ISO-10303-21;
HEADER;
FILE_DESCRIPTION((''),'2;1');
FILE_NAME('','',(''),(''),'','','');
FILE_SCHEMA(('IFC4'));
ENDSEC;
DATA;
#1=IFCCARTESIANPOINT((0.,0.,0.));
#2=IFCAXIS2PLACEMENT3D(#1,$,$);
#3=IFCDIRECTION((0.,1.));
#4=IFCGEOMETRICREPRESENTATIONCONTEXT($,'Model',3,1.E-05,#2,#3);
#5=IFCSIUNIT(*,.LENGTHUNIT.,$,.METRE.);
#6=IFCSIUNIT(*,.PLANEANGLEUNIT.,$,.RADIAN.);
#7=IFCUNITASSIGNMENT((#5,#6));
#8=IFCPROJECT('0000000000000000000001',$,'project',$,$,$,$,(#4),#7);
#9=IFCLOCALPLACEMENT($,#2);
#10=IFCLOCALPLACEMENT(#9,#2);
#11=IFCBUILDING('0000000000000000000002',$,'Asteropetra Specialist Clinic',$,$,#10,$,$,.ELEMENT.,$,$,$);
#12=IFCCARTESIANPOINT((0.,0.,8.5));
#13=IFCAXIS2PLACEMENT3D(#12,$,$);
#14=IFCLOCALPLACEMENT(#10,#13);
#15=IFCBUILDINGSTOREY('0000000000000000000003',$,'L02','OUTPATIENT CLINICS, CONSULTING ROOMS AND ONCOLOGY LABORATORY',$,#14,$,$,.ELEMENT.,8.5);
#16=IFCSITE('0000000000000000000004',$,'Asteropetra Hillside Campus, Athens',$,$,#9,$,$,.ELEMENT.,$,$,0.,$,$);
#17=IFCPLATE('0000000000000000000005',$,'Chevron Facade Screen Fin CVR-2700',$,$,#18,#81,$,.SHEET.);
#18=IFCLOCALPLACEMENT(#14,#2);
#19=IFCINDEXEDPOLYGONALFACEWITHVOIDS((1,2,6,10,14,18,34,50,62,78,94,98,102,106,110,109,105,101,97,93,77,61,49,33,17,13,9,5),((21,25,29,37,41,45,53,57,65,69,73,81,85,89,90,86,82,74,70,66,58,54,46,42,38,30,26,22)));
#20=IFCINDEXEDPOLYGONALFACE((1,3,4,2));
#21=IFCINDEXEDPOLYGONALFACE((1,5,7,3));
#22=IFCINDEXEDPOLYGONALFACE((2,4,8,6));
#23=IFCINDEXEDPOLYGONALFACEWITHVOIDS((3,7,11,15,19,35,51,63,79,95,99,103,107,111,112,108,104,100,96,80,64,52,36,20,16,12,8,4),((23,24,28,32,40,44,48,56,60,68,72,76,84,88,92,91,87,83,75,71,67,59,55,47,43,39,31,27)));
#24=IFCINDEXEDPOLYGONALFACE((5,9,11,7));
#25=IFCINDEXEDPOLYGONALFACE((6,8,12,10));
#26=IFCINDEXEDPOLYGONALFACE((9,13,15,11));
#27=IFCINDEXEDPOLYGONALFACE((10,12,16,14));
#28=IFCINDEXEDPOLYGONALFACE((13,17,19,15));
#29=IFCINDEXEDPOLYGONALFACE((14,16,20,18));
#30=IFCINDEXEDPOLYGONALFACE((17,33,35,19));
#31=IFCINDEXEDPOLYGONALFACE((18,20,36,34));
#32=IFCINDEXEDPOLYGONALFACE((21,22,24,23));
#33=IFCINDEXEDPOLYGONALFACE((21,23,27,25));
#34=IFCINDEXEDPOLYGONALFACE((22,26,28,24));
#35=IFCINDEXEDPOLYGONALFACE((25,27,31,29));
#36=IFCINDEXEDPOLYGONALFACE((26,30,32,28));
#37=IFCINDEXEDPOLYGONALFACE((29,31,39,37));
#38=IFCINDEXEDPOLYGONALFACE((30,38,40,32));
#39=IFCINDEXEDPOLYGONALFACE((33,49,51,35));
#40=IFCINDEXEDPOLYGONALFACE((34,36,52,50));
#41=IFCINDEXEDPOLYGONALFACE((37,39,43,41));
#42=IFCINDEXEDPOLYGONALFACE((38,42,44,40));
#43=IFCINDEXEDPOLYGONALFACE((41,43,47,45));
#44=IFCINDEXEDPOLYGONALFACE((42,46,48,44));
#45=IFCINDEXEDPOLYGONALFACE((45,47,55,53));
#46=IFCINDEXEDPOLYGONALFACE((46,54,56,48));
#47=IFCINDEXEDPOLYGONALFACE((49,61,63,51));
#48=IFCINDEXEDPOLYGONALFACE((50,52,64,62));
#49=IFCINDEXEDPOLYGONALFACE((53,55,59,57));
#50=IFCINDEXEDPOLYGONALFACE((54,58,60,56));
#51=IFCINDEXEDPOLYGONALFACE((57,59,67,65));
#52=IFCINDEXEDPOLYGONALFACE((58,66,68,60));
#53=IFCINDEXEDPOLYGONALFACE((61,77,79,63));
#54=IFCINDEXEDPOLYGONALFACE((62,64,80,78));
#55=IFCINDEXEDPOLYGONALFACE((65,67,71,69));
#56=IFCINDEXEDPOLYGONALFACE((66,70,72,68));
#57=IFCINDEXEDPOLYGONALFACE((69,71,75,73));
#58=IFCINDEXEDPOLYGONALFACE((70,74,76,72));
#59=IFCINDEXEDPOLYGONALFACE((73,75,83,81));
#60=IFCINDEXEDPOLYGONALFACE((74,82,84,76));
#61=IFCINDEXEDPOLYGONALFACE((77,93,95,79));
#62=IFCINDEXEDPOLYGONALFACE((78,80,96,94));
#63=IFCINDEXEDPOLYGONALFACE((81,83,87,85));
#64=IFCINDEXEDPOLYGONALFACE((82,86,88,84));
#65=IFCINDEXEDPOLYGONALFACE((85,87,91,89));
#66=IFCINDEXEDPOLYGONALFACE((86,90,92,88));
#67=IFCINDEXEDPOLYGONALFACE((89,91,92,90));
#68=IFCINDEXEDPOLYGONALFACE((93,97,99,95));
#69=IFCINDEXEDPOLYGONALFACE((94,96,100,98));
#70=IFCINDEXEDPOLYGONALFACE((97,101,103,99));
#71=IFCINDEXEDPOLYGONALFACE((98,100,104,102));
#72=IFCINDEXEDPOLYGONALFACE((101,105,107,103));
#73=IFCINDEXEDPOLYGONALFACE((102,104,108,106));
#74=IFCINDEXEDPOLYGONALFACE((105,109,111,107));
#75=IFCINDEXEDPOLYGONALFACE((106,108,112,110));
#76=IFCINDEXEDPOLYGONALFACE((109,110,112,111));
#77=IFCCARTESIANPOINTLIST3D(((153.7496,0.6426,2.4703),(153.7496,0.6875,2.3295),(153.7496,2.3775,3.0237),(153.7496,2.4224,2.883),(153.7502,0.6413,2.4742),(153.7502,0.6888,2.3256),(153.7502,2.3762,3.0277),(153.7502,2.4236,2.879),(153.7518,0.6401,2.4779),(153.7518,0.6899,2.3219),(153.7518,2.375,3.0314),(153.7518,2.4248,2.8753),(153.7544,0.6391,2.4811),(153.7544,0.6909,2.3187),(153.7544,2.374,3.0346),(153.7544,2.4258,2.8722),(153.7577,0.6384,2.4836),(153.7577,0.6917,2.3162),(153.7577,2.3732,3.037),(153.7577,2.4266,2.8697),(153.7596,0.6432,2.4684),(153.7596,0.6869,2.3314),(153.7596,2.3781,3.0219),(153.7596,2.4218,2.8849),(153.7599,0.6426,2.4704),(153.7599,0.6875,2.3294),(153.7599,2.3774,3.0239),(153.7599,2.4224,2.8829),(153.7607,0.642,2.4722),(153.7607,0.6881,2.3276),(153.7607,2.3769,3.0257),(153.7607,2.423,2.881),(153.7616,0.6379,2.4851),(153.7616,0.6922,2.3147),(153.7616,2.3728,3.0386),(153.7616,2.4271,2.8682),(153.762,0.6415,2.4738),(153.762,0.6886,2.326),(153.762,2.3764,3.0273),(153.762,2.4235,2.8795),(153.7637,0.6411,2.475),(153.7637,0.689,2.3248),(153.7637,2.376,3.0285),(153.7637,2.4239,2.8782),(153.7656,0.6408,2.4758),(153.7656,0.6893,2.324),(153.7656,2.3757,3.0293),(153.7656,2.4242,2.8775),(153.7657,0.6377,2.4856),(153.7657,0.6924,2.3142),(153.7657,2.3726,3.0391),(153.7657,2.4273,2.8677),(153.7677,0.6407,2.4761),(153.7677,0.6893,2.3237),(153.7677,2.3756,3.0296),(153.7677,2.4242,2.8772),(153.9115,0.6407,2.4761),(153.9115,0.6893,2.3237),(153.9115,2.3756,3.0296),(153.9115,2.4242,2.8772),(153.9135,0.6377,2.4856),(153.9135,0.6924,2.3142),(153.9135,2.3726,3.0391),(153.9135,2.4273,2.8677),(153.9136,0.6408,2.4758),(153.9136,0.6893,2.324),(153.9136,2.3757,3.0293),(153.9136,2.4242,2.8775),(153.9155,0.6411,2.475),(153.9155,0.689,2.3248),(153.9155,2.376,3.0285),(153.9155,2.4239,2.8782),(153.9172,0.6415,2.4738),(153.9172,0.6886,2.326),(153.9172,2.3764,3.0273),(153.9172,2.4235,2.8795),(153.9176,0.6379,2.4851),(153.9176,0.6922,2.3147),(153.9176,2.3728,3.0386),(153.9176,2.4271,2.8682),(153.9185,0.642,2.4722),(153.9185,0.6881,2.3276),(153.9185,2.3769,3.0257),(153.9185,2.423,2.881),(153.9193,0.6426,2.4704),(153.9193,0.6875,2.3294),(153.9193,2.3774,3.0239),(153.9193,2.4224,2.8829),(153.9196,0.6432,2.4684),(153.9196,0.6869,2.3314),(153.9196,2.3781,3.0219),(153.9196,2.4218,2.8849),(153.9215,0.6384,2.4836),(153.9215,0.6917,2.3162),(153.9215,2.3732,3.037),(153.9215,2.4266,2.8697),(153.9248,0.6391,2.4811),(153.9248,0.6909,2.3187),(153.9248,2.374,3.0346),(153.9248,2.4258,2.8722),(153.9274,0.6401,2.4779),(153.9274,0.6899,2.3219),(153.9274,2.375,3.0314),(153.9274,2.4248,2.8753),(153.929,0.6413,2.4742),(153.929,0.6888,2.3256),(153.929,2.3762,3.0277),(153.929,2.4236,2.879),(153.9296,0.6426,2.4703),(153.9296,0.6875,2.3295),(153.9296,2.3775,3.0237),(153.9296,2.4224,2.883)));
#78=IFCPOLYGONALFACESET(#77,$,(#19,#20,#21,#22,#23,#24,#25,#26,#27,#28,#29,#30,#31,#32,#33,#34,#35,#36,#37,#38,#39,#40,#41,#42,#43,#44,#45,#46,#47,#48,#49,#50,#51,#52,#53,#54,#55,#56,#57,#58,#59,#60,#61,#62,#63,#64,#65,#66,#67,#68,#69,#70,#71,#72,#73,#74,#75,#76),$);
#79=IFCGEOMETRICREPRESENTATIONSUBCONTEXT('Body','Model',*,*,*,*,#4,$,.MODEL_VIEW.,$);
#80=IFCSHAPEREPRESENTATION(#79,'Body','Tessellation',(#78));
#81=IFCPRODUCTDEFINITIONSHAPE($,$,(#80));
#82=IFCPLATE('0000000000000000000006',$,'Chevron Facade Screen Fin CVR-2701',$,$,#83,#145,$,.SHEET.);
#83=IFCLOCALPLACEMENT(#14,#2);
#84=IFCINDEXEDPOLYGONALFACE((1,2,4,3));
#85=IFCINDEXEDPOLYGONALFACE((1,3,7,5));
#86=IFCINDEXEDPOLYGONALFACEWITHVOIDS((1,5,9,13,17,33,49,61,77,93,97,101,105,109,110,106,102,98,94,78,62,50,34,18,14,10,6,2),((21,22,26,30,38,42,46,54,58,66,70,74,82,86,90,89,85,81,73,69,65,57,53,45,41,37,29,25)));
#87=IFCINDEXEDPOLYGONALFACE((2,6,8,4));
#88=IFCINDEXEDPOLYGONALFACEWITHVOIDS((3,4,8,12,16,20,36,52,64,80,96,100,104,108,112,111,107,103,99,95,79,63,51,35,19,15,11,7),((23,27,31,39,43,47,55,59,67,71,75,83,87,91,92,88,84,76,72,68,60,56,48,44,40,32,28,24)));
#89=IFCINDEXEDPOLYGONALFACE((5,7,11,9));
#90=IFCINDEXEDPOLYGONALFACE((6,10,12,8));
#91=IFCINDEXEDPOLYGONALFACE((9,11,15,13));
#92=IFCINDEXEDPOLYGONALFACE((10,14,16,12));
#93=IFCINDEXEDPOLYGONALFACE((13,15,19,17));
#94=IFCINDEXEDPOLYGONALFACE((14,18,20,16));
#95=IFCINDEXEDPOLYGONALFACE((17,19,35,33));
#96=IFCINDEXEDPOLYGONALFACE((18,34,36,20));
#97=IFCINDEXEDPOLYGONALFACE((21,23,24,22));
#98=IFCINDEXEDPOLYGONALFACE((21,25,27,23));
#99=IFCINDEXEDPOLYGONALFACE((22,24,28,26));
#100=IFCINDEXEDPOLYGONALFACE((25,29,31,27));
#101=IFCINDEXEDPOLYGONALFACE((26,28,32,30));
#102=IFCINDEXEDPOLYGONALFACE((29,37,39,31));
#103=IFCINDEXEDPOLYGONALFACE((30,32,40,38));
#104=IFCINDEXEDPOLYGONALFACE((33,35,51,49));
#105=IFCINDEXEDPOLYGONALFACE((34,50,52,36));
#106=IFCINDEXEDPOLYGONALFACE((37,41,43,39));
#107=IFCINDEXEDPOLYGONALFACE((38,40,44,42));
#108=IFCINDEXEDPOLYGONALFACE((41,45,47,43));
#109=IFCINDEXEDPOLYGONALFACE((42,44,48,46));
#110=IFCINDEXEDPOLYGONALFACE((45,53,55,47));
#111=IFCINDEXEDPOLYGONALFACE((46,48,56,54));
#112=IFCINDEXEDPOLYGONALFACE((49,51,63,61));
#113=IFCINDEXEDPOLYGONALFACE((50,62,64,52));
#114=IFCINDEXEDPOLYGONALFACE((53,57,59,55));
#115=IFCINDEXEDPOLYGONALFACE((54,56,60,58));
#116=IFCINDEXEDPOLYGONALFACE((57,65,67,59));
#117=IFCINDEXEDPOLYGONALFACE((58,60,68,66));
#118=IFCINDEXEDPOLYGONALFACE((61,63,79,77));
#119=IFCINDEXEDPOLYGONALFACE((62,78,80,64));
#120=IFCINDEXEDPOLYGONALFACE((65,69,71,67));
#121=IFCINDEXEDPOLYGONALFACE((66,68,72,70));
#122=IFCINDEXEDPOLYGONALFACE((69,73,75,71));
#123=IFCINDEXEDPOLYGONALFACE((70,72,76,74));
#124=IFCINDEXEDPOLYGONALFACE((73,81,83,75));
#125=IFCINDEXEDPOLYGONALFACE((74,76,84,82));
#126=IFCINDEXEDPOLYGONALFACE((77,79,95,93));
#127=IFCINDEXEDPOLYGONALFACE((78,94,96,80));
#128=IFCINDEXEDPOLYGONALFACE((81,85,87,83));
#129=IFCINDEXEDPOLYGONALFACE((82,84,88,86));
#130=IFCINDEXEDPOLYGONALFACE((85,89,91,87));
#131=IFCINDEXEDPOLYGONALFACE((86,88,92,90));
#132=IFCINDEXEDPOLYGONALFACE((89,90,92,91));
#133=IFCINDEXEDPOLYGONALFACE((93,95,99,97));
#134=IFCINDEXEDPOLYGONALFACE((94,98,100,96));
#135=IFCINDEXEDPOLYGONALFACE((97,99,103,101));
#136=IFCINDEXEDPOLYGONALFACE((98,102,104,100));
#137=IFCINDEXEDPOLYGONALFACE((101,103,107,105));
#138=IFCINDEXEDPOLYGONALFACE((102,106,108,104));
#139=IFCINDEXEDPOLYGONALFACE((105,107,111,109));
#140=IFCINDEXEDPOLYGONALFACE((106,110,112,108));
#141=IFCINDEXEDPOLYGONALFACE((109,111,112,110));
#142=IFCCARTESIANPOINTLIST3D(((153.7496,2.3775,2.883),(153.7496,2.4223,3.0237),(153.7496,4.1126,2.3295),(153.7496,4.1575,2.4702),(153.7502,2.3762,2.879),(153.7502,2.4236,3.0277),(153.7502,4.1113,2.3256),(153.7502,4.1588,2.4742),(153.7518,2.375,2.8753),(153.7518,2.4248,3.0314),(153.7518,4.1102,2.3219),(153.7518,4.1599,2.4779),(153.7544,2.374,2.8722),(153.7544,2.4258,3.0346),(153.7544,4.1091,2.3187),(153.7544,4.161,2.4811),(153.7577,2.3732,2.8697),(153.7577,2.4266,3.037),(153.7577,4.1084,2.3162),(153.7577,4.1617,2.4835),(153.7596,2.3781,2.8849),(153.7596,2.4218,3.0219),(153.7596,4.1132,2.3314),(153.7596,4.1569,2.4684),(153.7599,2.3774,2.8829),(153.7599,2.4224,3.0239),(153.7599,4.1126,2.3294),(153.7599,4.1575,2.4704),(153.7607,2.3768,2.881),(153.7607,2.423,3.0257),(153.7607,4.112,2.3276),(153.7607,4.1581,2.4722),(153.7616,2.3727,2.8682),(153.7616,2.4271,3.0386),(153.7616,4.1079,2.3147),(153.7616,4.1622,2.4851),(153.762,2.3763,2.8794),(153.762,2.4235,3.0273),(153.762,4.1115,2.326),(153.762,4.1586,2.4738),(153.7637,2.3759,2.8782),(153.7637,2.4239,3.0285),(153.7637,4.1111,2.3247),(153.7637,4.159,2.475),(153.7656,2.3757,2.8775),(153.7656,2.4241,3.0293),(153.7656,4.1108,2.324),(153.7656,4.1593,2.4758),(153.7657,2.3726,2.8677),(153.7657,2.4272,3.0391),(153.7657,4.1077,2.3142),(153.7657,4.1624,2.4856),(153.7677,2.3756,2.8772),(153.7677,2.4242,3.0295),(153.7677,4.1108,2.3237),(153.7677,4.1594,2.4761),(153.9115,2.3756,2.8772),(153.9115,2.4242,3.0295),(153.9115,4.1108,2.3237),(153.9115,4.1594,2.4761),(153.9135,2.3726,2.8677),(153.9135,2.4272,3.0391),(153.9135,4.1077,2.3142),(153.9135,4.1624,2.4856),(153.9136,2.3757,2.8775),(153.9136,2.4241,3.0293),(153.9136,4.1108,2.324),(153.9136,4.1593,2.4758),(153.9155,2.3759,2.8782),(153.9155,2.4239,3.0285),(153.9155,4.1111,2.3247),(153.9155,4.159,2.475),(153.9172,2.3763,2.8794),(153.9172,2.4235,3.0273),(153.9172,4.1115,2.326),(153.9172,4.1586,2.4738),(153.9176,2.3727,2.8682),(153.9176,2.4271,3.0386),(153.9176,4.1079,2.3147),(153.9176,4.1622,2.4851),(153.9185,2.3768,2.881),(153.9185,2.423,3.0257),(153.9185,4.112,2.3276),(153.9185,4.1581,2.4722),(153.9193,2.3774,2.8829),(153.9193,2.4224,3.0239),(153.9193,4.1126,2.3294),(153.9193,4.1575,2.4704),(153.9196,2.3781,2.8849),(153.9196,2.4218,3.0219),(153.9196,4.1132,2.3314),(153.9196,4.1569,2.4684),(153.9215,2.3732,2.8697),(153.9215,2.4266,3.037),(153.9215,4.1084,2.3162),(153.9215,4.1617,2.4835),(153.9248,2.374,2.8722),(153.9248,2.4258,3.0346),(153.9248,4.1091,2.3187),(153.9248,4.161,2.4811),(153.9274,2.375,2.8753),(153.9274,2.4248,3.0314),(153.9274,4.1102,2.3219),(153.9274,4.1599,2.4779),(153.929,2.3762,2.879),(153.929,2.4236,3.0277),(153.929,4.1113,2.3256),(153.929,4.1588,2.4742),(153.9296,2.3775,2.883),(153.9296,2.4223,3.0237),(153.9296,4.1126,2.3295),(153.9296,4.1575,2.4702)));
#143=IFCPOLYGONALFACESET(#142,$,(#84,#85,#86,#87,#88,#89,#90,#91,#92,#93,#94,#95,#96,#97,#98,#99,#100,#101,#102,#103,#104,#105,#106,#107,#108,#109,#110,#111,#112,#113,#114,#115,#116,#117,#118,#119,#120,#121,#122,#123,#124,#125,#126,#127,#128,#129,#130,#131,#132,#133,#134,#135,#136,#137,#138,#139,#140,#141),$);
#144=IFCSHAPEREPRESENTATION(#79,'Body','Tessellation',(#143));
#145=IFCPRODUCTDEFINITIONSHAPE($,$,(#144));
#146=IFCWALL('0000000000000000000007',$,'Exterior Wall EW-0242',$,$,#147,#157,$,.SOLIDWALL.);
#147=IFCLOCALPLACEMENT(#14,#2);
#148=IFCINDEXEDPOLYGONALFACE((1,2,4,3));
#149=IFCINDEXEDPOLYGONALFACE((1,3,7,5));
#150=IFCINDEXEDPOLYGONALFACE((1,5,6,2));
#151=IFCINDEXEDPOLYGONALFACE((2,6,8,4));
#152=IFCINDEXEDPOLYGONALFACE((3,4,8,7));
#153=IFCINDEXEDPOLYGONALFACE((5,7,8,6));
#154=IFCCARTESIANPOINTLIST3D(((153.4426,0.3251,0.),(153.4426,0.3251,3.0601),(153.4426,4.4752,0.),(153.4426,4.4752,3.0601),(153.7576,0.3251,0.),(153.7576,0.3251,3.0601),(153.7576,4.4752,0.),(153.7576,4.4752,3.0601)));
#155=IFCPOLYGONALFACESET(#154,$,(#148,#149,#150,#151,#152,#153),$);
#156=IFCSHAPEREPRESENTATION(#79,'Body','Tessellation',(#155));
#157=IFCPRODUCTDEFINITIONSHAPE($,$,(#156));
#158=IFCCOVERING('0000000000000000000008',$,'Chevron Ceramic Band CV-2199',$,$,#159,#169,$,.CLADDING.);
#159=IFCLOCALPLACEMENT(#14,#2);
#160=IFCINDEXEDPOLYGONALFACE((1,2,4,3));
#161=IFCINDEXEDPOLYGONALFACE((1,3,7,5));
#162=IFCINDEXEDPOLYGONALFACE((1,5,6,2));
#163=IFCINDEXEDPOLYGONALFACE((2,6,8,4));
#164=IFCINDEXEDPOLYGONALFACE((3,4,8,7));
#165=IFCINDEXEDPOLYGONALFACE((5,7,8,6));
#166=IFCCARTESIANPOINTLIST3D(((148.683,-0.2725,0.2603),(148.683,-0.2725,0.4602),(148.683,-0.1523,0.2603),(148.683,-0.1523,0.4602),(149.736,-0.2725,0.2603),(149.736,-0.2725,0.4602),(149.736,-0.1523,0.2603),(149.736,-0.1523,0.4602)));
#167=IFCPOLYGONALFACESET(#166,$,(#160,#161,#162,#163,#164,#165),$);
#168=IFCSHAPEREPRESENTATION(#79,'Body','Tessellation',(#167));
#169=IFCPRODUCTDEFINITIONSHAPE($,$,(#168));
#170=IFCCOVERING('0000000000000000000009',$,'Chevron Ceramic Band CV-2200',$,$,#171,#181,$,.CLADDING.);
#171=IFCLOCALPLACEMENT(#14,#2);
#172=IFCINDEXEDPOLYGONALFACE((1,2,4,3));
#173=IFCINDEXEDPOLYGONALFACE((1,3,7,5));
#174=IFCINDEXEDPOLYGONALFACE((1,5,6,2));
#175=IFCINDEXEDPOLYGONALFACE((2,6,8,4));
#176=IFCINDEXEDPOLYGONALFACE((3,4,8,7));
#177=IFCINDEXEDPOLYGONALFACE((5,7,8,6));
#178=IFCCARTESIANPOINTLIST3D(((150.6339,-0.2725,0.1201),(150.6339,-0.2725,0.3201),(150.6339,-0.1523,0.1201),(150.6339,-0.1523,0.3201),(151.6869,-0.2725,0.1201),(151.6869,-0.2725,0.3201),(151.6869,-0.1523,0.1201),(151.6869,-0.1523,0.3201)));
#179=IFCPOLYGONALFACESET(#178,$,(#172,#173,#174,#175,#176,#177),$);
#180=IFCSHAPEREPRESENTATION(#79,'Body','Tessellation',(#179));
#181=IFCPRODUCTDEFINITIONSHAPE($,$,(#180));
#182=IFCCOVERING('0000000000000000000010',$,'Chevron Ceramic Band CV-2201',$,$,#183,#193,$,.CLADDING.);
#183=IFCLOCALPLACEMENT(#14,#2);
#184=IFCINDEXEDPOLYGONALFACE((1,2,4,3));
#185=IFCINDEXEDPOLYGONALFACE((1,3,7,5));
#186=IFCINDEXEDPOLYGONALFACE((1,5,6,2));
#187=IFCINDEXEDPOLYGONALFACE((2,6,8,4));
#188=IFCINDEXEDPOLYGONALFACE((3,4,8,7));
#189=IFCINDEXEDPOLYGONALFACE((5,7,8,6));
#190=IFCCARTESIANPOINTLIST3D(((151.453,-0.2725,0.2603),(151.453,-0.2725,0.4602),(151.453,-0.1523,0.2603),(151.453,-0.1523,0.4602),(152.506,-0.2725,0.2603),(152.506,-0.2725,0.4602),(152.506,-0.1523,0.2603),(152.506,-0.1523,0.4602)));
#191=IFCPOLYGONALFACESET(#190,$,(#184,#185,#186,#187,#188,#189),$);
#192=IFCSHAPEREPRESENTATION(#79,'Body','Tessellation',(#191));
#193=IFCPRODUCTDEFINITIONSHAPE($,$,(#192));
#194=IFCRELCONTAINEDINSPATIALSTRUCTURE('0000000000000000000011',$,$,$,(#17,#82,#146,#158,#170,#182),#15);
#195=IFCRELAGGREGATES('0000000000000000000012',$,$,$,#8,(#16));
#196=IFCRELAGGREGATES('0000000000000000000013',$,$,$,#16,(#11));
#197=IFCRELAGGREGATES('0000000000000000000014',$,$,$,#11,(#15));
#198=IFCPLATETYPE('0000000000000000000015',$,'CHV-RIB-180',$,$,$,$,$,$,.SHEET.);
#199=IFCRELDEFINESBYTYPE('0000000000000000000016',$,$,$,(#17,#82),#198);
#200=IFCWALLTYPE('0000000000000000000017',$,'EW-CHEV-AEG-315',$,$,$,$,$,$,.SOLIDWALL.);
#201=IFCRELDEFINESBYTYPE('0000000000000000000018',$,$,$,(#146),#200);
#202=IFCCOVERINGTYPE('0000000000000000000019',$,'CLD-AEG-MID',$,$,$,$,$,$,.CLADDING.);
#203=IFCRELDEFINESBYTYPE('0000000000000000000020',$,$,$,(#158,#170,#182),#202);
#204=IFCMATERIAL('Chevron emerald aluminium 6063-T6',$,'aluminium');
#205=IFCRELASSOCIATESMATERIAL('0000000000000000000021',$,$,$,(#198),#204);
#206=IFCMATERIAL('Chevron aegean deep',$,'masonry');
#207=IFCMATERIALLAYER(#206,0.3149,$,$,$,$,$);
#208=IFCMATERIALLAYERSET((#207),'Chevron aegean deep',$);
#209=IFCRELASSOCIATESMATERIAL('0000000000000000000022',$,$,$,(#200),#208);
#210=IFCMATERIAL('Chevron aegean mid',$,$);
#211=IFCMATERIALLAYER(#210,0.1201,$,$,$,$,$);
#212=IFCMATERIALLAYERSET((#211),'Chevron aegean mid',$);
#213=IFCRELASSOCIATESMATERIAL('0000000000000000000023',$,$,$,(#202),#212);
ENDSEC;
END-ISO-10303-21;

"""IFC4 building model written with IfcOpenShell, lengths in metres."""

from ifc_helpers import new_model, si_unit, direction, frame, frame_2d, origin, origin_2d, place, context, subcontext, project, spatial, rectangle, hollow_rectangle, extrude, material, layer, layer_set, material_profile, profile_set, type_object, element, save


model = new_model("IFC4")

# Units and contexts
model_context = context("Model", 3, precision=1e-05, world=origin(), true_north=direction((0.0, 1.0)))
body_context = subcontext(model_context, "Body", "Model", "MODEL_VIEW")
ifc_project = project(units=[si_unit("LENGTHUNIT", "METRE"), si_unit("PLANEANGLEUNIT", "RADIAN")], contexts=[model_context])

# Site, building, storey
site_placement = place(None, origin())
site = spatial("IfcSite", under=ifc_project, at=site_placement, Name="Asteropetra Hillside Campus, Athens", CompositionType="ELEMENT", RefElevation=0.0)
building_placement = place(site_placement, origin())
building = spatial("IfcBuilding", under=site, at=building_placement, Name="Asteropetra Specialist Clinic", CompositionType="ELEMENT")
storey_placement = place(building_placement, frame((0.0, 0.0, 8.5)))
storey = spatial("IfcBuildingStorey", under=building, at=storey_placement, Name="L02", Description="OUTPATIENT CLINICS, CONSULTING ROOMS AND ONCOLOGY LABORATORY", CompositionType="ELEMENT", Elevation=8.5)

# Plates
ifc_material_1 = material(Name="Chevron emerald aluminium 6063-T6", Category="aluminium")
ifc_material_profile_1 = material_profile(ifc_material_1, hollow_rectangle(XDim=0.1799, YDim=0.1799, WallThickness=0.01, InnerFilletRadius=0.0081, OuterFilletRadius=0.0161, at=origin_2d()), Name="SHS 180x180x10.0")
ifc_profile_set_1 = profile_set([ifc_material_profile_1], Name="Chevron emerald aluminium 6063-T6")
plate_type = type_object("IfcPlateType", Name="CHV-RIB-180", PredefinedType="SHEET", material=ifc_profile_set_1)
plate_1_placement = place(storey_placement, frame((153.8396, 0.665, 2.3999), z_axis=(0.0, 0.952693, 0.303934), x_axis=(-1.0, 0.0, 0.0)))
element("IfcPlate", 1, at=plate_1_placement, inside=storey, type_object=plate_type, Name="Chevron Facade Screen Fin CVR-2700", PredefinedType="SHEET", context=body_context, shape_type="SweptSolid", body=[
    extrude(hollow_rectangle(XDim=0.1799, YDim=0.1799, WallThickness=0.01, InnerFilletRadius=0.0081, OuterFilletRadius=0.0161, at=origin_2d()), origin(), (0.0, 0.0, 1.0), 1.821),
])
plate_2_placement = place(storey_placement, frame((153.8396, 2.3999, 2.9534), z_axis=(0.0, 0.952705, -0.303895), x_axis=(-1.0, 0.0, 0.0)))
element("IfcPlate", 2, at=plate_2_placement, inside=storey, type_object=plate_type, Name="Chevron Facade Screen Fin CVR-2701", PredefinedType="SHEET", context=body_context, shape_type="SweptSolid", body=[
    extrude(hollow_rectangle(XDim=0.1799, YDim=0.1799, WallThickness=0.01, InnerFilletRadius=0.0081, OuterFilletRadius=0.0161, at=origin_2d()), origin(), (0.0, 0.0, 1.0), 1.8213),
])

# Wall
ifc_material_2 = material(Name="Chevron aegean deep", Category="masonry")
ifc_layer_1 = layer(ifc_material_2, 0.3149)
ifc_layer_set_1 = layer_set([ifc_layer_1], Name="Chevron aegean deep")
wall_type = type_object("IfcWallType", Name="EW-CHEV-AEG-315", PredefinedType="SOLIDWALL", material=ifc_layer_set_1)
wall_placement = place(storey_placement, frame((153.6001, 0.325, 0.0), z_axis=(0.0, 0.0, 1.0), x_axis=(0.0, 1.0, 0.0)))
element("IfcWall", 3, at=wall_placement, inside=storey, type_object=wall_type, Name="Exterior Wall EW-0242", PredefinedType="SOLIDWALL", context=body_context, shape_type="SweptSolid", body=[
    extrude(rectangle(XDim=4.1501, YDim=0.3149, at=frame_2d((2.0752, 0.0))), origin(), (0.0, 0.0, 1.0), 3.0601),
])

# Coverings
ifc_material_3 = material(Name="Chevron aegean mid")
ifc_layer_2 = layer(ifc_material_3, 0.1201)
ifc_layer_set_2 = layer_set([ifc_layer_2], Name="Chevron aegean mid")
covering_type_1 = type_object("IfcCoveringType", Name="CLD-AEG-MID", PredefinedType="CLADDING", material=ifc_layer_set_2)
for number, where, z_axis, x_axis, name in (
    (4, (149.2095, -0.2124, 0.2603), (0.0, 0.0, 1.0), (1.0, 0.0, 0.0), "Chevron Ceramic Band CV-2199"),
    (5, (151.1604, -0.2124, 0.1201), (0.0, 0.0, 1.0), (1.0, 0.0, 0.0), "Chevron Ceramic Band CV-2200"),
    (6, (151.9795, -0.2124, 0.2603), (0.0, 0.0, 1.0), (1.0, 0.0, 0.0), "Chevron Ceramic Band CV-2201"),
):
    element("IfcCovering", number, at=place(storey_placement, frame(where, z_axis=z_axis, x_axis=x_axis)), inside=storey, type_object=covering_type_1, Name=name, PredefinedType="CLADDING", context=body_context, shape_type="SweptSolid", body=[
        extrude(rectangle(XDim=1.053, YDim=0.1201, at=origin_2d()), origin(), (0.0, 0.0, 1.0), 0.2),
    ])

save(model, "model.ifc")
